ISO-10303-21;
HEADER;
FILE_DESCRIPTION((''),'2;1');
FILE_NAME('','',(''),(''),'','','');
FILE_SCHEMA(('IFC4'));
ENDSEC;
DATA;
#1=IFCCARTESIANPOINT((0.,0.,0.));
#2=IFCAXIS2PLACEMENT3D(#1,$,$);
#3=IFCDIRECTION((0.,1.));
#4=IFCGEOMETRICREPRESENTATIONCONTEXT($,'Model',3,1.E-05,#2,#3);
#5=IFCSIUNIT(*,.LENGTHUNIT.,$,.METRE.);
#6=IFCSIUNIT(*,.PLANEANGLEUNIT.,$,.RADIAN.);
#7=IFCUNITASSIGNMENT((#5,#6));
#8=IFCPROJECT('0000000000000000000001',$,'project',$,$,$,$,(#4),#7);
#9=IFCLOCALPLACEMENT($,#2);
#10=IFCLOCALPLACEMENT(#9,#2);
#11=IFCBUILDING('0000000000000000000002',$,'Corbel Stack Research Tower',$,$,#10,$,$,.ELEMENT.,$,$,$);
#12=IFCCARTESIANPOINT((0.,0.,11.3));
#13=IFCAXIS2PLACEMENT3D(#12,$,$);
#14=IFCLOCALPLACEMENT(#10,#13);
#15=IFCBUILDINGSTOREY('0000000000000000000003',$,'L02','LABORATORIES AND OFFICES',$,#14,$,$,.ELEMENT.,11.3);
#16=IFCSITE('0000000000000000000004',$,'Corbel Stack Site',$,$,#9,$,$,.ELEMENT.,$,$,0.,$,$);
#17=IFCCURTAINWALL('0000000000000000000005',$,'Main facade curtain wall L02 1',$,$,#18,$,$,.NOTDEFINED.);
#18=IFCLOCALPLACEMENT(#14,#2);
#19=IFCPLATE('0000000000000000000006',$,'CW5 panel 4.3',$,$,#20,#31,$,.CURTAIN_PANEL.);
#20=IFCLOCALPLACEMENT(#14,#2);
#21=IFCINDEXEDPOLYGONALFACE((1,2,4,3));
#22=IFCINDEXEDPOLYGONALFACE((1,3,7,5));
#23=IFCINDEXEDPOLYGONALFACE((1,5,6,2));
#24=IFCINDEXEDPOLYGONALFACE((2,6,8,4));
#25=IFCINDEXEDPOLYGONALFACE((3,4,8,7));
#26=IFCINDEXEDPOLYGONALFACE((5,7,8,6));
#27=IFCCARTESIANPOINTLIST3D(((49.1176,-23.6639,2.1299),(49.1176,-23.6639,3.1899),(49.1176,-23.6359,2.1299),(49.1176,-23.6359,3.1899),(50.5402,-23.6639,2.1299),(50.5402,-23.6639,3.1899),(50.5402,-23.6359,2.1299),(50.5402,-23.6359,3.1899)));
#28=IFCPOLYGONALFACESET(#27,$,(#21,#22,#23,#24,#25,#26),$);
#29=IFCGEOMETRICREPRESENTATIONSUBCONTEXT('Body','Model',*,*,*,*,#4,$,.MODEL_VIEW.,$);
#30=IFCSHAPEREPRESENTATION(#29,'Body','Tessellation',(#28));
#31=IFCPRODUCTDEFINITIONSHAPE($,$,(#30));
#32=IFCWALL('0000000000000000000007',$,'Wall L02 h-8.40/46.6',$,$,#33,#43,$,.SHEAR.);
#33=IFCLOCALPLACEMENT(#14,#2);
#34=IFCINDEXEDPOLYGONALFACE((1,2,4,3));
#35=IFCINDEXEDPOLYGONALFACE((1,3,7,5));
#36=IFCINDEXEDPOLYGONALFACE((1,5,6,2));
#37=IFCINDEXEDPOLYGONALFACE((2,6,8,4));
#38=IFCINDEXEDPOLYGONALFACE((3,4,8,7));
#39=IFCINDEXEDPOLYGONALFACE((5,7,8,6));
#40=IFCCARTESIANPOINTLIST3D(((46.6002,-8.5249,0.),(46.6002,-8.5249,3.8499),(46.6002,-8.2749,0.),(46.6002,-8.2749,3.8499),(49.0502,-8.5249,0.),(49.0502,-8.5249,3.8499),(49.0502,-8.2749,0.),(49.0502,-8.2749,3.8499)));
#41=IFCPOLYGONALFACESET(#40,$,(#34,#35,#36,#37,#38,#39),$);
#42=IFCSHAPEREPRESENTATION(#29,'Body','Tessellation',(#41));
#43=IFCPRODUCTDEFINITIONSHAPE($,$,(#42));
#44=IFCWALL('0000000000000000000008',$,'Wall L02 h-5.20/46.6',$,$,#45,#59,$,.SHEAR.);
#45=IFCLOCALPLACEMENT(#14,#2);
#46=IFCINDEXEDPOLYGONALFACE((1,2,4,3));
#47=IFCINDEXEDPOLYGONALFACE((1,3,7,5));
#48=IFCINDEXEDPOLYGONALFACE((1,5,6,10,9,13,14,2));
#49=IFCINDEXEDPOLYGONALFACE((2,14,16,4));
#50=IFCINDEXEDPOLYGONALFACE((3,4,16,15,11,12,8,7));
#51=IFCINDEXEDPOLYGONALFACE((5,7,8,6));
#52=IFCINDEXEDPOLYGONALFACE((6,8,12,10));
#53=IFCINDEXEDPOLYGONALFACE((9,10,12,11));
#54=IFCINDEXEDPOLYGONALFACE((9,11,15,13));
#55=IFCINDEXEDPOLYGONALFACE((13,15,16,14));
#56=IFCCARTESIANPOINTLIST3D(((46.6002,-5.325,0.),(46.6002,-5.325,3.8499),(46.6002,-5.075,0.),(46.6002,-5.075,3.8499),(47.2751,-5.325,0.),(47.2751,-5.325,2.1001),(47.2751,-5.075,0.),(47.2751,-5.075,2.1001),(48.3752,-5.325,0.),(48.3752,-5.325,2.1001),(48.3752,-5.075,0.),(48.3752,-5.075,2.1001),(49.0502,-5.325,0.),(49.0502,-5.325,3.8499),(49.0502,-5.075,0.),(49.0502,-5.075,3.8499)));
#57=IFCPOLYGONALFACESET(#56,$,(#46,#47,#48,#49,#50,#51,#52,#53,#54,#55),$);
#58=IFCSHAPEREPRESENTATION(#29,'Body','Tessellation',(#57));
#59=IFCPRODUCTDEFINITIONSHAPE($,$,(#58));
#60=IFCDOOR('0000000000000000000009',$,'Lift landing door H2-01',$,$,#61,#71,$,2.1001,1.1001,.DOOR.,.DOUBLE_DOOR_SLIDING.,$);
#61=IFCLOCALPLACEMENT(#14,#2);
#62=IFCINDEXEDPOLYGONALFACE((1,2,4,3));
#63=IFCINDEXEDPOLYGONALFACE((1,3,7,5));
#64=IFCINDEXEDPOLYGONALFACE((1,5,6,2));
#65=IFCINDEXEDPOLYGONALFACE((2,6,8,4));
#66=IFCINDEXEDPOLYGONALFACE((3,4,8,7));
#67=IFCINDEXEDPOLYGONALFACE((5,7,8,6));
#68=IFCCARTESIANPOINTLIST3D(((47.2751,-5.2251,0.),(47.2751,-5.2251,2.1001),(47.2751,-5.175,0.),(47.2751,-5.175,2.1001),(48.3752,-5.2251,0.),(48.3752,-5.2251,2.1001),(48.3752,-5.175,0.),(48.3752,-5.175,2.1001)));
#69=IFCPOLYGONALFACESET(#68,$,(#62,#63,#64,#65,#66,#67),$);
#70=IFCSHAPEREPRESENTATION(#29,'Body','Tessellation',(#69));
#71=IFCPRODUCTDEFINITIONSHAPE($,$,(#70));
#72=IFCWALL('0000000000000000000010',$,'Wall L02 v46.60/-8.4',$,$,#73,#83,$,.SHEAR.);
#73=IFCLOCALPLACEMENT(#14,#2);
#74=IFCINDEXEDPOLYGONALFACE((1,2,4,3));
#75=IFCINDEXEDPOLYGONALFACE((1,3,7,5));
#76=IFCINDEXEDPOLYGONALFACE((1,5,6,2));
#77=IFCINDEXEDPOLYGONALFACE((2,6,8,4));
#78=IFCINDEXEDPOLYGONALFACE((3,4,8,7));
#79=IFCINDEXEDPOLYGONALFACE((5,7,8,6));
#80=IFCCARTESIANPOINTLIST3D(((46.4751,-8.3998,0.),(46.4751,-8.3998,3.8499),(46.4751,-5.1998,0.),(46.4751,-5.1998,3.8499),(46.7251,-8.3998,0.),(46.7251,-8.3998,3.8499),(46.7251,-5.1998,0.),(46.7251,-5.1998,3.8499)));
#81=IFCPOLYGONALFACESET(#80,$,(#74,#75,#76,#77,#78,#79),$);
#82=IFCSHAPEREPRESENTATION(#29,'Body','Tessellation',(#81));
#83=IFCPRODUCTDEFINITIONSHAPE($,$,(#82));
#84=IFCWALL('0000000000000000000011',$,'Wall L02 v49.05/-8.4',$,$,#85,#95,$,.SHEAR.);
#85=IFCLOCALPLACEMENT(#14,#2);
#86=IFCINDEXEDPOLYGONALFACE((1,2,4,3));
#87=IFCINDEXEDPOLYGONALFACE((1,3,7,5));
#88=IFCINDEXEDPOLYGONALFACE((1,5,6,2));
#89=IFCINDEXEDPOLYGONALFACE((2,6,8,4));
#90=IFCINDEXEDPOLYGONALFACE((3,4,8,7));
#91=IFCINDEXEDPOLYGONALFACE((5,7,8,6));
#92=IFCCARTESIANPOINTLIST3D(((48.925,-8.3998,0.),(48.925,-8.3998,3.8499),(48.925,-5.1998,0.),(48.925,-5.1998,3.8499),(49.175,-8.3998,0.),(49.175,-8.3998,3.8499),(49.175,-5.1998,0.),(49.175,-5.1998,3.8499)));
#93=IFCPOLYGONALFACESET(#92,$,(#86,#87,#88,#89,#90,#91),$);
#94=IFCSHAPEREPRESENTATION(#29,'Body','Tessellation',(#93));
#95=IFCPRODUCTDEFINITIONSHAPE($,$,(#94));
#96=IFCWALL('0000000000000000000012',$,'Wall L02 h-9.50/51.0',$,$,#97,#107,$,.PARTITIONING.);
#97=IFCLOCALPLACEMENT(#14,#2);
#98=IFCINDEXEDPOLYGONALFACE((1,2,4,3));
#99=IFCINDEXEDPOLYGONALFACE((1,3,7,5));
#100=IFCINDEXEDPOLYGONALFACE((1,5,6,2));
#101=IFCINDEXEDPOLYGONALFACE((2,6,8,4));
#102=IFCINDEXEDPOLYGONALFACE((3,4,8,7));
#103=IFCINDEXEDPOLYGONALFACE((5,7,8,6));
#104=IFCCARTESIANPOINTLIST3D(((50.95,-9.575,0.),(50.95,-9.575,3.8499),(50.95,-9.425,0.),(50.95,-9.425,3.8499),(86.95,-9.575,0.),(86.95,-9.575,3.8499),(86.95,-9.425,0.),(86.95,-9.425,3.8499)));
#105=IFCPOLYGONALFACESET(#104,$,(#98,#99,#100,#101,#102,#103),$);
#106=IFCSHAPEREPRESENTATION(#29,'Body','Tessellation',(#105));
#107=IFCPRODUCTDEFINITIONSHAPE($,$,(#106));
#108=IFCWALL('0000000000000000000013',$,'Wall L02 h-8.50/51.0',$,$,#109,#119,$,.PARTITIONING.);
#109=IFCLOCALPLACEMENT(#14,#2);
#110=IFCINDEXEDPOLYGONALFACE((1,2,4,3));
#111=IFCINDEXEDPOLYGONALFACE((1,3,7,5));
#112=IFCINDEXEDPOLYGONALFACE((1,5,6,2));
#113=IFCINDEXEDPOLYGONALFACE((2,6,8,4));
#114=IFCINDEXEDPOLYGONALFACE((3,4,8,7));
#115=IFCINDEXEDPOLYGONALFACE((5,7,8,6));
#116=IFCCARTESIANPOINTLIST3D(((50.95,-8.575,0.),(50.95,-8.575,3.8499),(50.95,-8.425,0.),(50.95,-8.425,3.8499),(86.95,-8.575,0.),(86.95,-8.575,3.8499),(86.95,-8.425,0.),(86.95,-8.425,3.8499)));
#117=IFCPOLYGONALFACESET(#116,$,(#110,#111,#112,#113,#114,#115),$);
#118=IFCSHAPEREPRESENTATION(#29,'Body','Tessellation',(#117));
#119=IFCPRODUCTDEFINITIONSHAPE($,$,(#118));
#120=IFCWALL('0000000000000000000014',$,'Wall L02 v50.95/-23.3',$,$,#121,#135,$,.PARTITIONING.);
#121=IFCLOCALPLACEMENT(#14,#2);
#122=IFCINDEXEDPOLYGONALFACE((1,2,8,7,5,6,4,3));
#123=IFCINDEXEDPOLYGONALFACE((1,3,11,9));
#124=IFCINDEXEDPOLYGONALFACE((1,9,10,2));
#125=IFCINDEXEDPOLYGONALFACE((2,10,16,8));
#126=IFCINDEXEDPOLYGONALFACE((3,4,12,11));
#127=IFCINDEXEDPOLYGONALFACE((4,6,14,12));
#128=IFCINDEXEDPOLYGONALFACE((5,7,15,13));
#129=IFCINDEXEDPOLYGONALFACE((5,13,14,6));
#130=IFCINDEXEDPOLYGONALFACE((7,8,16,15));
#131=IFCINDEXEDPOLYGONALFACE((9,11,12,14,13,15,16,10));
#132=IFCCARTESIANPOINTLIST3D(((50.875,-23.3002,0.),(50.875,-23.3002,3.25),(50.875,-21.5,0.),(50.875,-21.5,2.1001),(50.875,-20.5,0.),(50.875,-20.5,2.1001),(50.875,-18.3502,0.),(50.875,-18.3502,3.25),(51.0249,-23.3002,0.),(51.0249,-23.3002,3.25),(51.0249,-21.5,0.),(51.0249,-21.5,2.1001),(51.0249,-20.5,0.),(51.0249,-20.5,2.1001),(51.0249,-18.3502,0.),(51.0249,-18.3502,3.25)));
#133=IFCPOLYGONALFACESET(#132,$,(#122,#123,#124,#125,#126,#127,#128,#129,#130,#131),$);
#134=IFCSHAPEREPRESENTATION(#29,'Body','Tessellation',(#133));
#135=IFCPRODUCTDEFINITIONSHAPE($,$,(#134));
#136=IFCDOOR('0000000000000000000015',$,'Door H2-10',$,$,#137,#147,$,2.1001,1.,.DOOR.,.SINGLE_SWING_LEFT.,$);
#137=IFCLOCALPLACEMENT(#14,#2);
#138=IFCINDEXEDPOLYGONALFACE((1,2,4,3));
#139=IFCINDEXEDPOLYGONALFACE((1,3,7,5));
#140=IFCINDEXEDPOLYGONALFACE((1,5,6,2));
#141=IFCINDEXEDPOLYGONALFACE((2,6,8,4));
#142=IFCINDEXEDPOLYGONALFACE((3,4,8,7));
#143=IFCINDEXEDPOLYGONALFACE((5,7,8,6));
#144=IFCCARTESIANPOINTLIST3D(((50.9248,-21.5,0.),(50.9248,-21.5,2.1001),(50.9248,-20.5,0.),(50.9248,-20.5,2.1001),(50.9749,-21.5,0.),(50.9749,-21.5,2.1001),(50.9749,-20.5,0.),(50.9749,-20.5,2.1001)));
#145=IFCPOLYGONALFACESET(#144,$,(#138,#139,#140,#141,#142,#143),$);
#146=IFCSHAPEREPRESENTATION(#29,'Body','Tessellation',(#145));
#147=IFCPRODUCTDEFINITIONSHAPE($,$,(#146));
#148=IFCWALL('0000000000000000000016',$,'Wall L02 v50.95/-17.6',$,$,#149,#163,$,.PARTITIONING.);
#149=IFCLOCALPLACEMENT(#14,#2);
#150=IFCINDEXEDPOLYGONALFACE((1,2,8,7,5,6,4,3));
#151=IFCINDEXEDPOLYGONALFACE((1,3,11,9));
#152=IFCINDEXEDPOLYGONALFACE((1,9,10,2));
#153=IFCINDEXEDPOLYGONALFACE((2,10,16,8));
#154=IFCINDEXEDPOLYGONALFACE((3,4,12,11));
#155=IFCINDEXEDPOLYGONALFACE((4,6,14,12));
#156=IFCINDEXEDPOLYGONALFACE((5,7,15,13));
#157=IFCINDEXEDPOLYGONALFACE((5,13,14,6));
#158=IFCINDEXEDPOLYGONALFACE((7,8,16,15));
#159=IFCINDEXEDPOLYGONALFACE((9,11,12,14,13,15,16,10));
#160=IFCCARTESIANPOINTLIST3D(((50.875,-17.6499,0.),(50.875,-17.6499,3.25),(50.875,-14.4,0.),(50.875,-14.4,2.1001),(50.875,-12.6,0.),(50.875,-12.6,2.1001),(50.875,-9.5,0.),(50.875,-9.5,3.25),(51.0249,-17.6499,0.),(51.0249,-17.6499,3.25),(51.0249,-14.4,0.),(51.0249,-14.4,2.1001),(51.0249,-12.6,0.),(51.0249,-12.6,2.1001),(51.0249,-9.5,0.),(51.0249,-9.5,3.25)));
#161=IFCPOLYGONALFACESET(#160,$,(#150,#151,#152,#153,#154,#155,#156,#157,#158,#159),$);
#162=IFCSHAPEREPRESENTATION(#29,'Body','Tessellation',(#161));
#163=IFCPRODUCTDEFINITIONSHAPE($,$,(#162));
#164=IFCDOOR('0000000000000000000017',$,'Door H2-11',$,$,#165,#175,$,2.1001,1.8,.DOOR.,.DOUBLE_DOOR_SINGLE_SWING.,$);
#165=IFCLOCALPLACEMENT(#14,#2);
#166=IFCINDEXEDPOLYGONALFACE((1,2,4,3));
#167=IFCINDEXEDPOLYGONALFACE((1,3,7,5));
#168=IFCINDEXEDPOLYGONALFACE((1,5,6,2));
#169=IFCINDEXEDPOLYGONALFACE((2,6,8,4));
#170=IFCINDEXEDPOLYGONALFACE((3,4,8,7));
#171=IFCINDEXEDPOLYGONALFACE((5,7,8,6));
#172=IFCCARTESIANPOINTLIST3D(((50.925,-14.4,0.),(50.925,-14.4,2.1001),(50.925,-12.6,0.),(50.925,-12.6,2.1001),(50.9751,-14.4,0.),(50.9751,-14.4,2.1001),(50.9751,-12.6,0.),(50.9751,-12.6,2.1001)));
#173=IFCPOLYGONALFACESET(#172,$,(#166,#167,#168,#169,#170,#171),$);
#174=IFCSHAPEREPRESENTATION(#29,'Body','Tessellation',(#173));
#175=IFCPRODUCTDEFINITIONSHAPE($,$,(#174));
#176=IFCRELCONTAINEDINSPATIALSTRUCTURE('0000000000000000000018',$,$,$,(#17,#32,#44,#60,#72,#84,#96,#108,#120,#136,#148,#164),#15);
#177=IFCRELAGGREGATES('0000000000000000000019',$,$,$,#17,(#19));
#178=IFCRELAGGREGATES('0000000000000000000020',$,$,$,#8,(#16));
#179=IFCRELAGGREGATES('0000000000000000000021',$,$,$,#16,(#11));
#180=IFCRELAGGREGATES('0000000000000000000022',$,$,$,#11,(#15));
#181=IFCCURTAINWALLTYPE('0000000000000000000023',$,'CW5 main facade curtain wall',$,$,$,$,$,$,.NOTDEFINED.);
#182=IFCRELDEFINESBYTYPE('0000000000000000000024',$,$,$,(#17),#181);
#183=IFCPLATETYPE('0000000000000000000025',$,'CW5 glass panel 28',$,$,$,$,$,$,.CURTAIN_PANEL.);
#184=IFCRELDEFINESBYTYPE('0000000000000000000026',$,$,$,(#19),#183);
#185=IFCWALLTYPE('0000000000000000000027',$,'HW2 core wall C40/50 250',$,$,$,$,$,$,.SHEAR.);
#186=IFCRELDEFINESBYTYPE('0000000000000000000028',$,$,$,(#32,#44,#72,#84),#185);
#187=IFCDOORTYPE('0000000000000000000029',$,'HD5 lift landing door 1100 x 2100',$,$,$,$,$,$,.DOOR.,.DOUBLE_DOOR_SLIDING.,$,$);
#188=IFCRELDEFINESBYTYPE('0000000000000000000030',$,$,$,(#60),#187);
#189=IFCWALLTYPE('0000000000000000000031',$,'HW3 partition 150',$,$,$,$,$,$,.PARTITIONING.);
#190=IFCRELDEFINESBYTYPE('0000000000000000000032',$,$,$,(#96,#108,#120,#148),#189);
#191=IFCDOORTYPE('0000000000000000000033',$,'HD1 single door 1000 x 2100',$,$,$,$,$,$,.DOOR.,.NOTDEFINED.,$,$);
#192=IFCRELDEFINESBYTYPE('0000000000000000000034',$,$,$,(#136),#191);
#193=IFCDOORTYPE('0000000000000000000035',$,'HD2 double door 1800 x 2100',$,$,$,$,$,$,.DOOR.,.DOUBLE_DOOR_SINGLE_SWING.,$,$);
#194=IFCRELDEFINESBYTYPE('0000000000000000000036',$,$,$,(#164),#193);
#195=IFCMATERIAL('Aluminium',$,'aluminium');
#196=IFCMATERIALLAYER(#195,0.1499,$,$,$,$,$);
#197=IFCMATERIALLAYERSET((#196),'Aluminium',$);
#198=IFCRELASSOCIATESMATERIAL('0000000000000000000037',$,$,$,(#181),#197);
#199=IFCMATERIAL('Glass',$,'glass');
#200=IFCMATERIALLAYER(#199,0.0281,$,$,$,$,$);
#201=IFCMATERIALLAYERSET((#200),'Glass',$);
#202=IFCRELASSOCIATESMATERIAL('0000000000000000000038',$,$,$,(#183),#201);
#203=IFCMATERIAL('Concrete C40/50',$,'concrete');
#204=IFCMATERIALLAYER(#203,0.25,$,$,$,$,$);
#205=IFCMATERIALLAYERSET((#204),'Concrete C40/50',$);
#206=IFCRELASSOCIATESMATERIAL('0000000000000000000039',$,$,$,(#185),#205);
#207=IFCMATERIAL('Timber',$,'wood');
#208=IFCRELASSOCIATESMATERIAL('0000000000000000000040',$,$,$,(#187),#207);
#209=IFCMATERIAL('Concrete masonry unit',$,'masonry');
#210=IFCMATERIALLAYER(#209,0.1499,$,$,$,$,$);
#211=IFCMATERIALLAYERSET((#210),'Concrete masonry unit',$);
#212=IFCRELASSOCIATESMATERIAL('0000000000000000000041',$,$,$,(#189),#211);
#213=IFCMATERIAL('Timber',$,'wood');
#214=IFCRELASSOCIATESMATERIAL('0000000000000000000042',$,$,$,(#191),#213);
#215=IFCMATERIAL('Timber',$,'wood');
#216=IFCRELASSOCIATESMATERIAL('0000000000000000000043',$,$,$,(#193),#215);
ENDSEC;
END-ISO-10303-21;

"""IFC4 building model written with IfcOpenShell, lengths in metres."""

from ifc_helpers import new_model, si_unit, direction, frame, frame_2d, origin, origin_2d, place, context, subcontext, project, spatial, rectangle, extrude, material, layer, layer_set, type_object, element, fill, aggregate, save


model = new_model("IFC4")

# Units and contexts
model_context = context("Model", 3, precision=1e-05, world=origin(), true_north=direction((0.0, 1.0)))
body_context = subcontext(model_context, "Body", "Model", "MODEL_VIEW")
ifc_project = project(units=[si_unit("LENGTHUNIT", "METRE"), si_unit("PLANEANGLEUNIT", "RADIAN")], contexts=[model_context])

# Site, building, storey
site_placement = place(None, origin())
site = spatial("IfcSite", under=ifc_project, at=site_placement, Name="Corbel Stack Site", CompositionType="ELEMENT", RefElevation=0.0)
building_placement = place(site_placement, origin())
building = spatial("IfcBuilding", under=site, at=building_placement, Name="Corbel Stack Research Tower", CompositionType="ELEMENT")
storey_placement = place(building_placement, frame((0.0, 0.0, 11.3)))
storey = spatial("IfcBuildingStorey", under=building, at=storey_placement, Name="L02", Description="LABORATORIES AND OFFICES", CompositionType="ELEMENT", Elevation=11.3)

# Curtain wall
ifc_material_1 = material(Name="Aluminium", Category="aluminium")
ifc_layer_1 = layer(ifc_material_1, 0.1499)
ifc_layer_set_1 = layer_set([ifc_layer_1], Name="Aluminium")
curtain_wall_type = type_object("IfcCurtainWallType", Name="CW5 main facade curtain wall", PredefinedType="NOTDEFINED", material=ifc_layer_set_1)
curtain_wall_placement = place(storey_placement, origin())
curtain_wall = element("IfcCurtainWall", 1, at=curtain_wall_placement, inside=storey, type_object=curtain_wall_type, Name="Main facade curtain wall L02 1", PredefinedType="NOTDEFINED")

# Plate
ifc_material_2 = material(Name="Glass", Category="glass")
ifc_layer_2 = layer(ifc_material_2, 0.0281)
ifc_layer_set_2 = layer_set([ifc_layer_2], Name="Glass")
plate_type = type_object("IfcPlateType", Name="CW5 glass panel 28", PredefinedType="CURTAIN_PANEL", material=ifc_layer_set_2)
plate_1_placement = place(storey_placement, frame((49.8289, -23.6499, 2.1299), z_axis=(0.0, 0.0, 1.0), x_axis=(1.0, 0.0, 0.0)))
plate_1 = element("IfcPlate", 2, at=plate_1_placement, type_object=plate_type, Name="CW5 panel 4.3", PredefinedType="CURTAIN_PANEL", context=body_context, shape_type="SweptSolid", body=[
    extrude(rectangle(XDim=1.4226, YDim=0.0281, at=origin_2d()), origin(), (0.0, 0.0, 1.0), 1.0601),
])
aggregate(curtain_wall, [plate_1])

# Wall
ifc_material_3 = material(Name="Concrete C40/50", Category="concrete")
ifc_layer_3 = layer(ifc_material_3, 0.25)
ifc_layer_set_3 = layer_set([ifc_layer_3], Name="Concrete C40/50")
wall_type_1 = type_object("IfcWallType", Name="HW2 core wall C40/50 250", PredefinedType="SHEAR", material=ifc_layer_set_3)
wall_1_placement = place(storey_placement, frame((46.6001, -8.3999, 0.0), z_axis=(0.0, 0.0, 1.0), x_axis=(1.0, 0.0, 0.0)))
element("IfcWall", 3, at=wall_1_placement, inside=storey, type_object=wall_type_1, Name="Wall L02 h-8.40/46.6", PredefinedType="SHEAR", context=body_context, shape_type="SweptSolid", body=[
    extrude(rectangle(XDim=2.45, YDim=0.25, at=frame_2d((1.2251, 0.0))), origin(), (0.0, 0.0, 1.0), 3.8499),
])

# Wall, opening, door
wall_2_placement = place(storey_placement, frame((46.6001, -5.2, 0.0), z_axis=(0.0, 0.0, 1.0), x_axis=(1.0, 0.0, 0.0)))
wall_2 = element("IfcWall", 4, at=wall_2_placement, inside=storey, type_object=wall_type_1, Name="Wall L02 h-5.20/46.6", PredefinedType="SHEAR", context=body_context, shape_type="SweptSolid", body=[
    extrude(rectangle(XDim=2.45, YDim=0.25, at=frame_2d((1.2251, 0.0))), origin(), (0.0, 0.0, 1.0), 3.8499),
])
opening_1_placement = place(wall_2_placement, frame((0.675, 0.0, 0.0)))
opening_1 = element("IfcOpeningElement", 5, at=opening_1_placement, cuts=wall_2, PredefinedType="OPENING", context=body_context, shape_type="SweptSolid", body=[
    extrude(rectangle(XDim=1.1001, YDim=2.1001, at=frame_2d((0.55, 1.05))), frame((0.0, 0.135, 0.0), z_axis=(0.0, -1.0, 0.0), x_axis=(1.0, 0.0, 0.0)), (0.0, 0.0, 1.0), 0.27),
])
ifc_material_4 = material(Name="Timber", Category="wood")
door_type_1 = type_object("IfcDoorType", Name="HD5 lift landing door 1100 x 2100", OperationType="DOUBLE_DOOR_SLIDING", PredefinedType="DOOR", material=ifc_material_4)
door_1_placement = place(opening_1_placement, origin())
door_1 = element("IfcDoor", 6, at=door_1_placement, inside=storey, type_object=door_type_1, Name="Lift landing door H2-01", OperationType="DOUBLE_DOOR_SLIDING", OverallHeight=2.1001, OverallWidth=1.1001, PredefinedType="DOOR", context=body_context, shape_type="SweptSolid", body=[
    extrude(rectangle(XDim=1.1001, YDim=2.1001, at=frame_2d((0.55, 1.05))), frame((0.0, 0.0249, 0.0), z_axis=(0.0, -1.0, 0.0), x_axis=(1.0, 0.0, 0.0)), (0.0, 0.0, 1.0), 0.05),
])
fill(opening_1, door_1)

# Walls
for number, where, z_axis, x_axis, name in (
    (7, (46.6001, -8.3999, 0.0), (0.0, 0.0, 1.0), (0.0, 1.0, 0.0), "Wall L02 v46.60/-8.4"),
    (8, (49.05, -8.3999, 0.0), (0.0, 0.0, 1.0), (0.0, 1.0, 0.0), "Wall L02 v49.05/-8.4"),
):
    element("IfcWall", number, at=place(storey_placement, frame(where, z_axis=z_axis, x_axis=x_axis)), inside=storey, type_object=wall_type_1, Name=name, PredefinedType="SHEAR", context=body_context, shape_type="SweptSolid", body=[
        extrude(rectangle(XDim=3.2, YDim=0.25, at=frame_2d((1.6001, 0.0))), origin(), (0.0, 0.0, 1.0), 3.8499),
    ])
ifc_material_5 = material(Name="Concrete masonry unit", Category="masonry")
ifc_layer_4 = layer(ifc_material_5, 0.1499)
ifc_layer_set_4 = layer_set([ifc_layer_4], Name="Concrete masonry unit")
wall_type_2 = type_object("IfcWallType", Name="HW3 partition 150", PredefinedType="PARTITIONING", material=ifc_layer_set_4)
for number, where, z_axis, x_axis, name in (
    (9, (50.95, -9.5, 0.0), (0.0, 0.0, 1.0), (1.0, 0.0, 0.0), "Wall L02 h-9.50/51.0"),
    (10, (50.95, -8.5, 0.0), (0.0, 0.0, 1.0), (1.0, 0.0, 0.0), "Wall L02 h-8.50/51.0"),
):
    element("IfcWall", number, at=place(storey_placement, frame(where, z_axis=z_axis, x_axis=x_axis)), inside=storey, type_object=wall_type_2, Name=name, PredefinedType="PARTITIONING", context=body_context, shape_type="SweptSolid", body=[
        extrude(rectangle(XDim=36.0, YDim=0.1499, at=frame_2d((18.0, 0.0))), origin(), (0.0, 0.0, 1.0), 3.8499),
    ])

# Walls, openings, doors
wall_3_placement = place(storey_placement, frame((50.95, -18.3501, 0.0), z_axis=(0.0, 0.0, 1.0), x_axis=(0.0, -1.0, 0.0)))
wall_3 = element("IfcWall", 11, at=wall_3_placement, inside=storey, type_object=wall_type_2, Name="Wall L02 v50.95/-23.3", PredefinedType="PARTITIONING", context=body_context, shape_type="SweptSolid", body=[
    extrude(rectangle(XDim=4.95, YDim=0.1499, at=frame_2d((2.4751, 0.0))), origin(), (0.0, 0.0, 1.0), 3.25),
])
opening_2_placement = place(wall_3_placement, frame((2.1499, 0.0, 0.0)))
opening_2 = element("IfcOpeningElement", 12, at=opening_2_placement, cuts=wall_3, PredefinedType="OPENING", context=body_context, shape_type="SweptSolid", body=[
    extrude(rectangle(XDim=1.0, YDim=2.1001, at=frame_2d((0.5, 1.05))), frame((0.0, 0.085, 0.0), z_axis=(0.0, -1.0, 0.0), x_axis=(1.0, 0.0, 0.0)), (0.0, 0.0, 1.0), 0.1699),
])
ifc_material_6 = material(Name="Timber", Category="wood")
door_type_2 = type_object("IfcDoorType", Name="HD1 single door 1000 x 2100", OperationType="NOTDEFINED", PredefinedType="DOOR", material=ifc_material_6)
door_2_placement = place(opening_2_placement, origin())
door_2 = element("IfcDoor", 13, at=door_2_placement, inside=storey, type_object=door_type_2, Name="Door H2-10", OperationType="SINGLE_SWING_LEFT", OverallHeight=2.1001, OverallWidth=1.0, PredefinedType="DOOR", context=body_context, shape_type="SweptSolid", body=[
    extrude(rectangle(XDim=1.0, YDim=2.1001, at=frame_2d((0.5, 1.05))), frame((0.0, 0.0249, 0.0), z_axis=(0.0, -1.0, 0.0), x_axis=(1.0, 0.0, 0.0)), (0.0, 0.0, 1.0), 0.05),
])
fill(opening_2, door_2)
wall_4_placement = place(storey_placement, frame((50.95, -17.6499, 0.0), z_axis=(0.0, 0.0, 1.0), x_axis=(0.0, 1.0, 0.0)))
wall_4 = element("IfcWall", 14, at=wall_4_placement, inside=storey, type_object=wall_type_2, Name="Wall L02 v50.95/-17.6", PredefinedType="PARTITIONING", context=body_context, shape_type="SweptSolid", body=[
    extrude(rectangle(XDim=8.1499, YDim=0.1499, at=frame_2d((4.075, 0.0))), origin(), (0.0, 0.0, 1.0), 3.25),
])
opening_3_placement = place(wall_4_placement, frame((3.25, 0.0, 0.0)))
opening_3 = element("IfcOpeningElement", 15, at=opening_3_placement, cuts=wall_4, PredefinedType="OPENING", context=body_context, shape_type="SweptSolid", body=[
    extrude(rectangle(XDim=1.8, YDim=2.1001, at=frame_2d((0.8999, 1.05))), frame((0.0, 0.085, 0.0), z_axis=(0.0, -1.0, 0.0), x_axis=(1.0, 0.0, 0.0)), (0.0, 0.0, 1.0), 0.1699),
])
ifc_material_7 = material(Name="Timber", Category="wood")
door_type_3 = type_object("IfcDoorType", Name="HD2 double door 1800 x 2100", OperationType="DOUBLE_DOOR_SINGLE_SWING", PredefinedType="DOOR", material=ifc_material_7)
door_3_placement = place(opening_3_placement, origin())
door_3 = element("IfcDoor", 16, at=door_3_placement, inside=storey, type_object=door_type_3, Name="Door H2-11", OperationType="DOUBLE_DOOR_SINGLE_SWING", OverallHeight=2.1001, OverallWidth=1.8, PredefinedType="DOOR", context=body_context, shape_type="SweptSolid", body=[
    extrude(rectangle(XDim=1.8, YDim=2.1001, at=frame_2d((0.8999, 1.05))), frame((0.0, 0.0249, 0.0), z_axis=(0.0, -1.0, 0.0), x_axis=(1.0, 0.0, 0.0)), (0.0, 0.0, 1.0), 0.05),
])
fill(opening_3, door_3)

save(model, "model.ifc")
